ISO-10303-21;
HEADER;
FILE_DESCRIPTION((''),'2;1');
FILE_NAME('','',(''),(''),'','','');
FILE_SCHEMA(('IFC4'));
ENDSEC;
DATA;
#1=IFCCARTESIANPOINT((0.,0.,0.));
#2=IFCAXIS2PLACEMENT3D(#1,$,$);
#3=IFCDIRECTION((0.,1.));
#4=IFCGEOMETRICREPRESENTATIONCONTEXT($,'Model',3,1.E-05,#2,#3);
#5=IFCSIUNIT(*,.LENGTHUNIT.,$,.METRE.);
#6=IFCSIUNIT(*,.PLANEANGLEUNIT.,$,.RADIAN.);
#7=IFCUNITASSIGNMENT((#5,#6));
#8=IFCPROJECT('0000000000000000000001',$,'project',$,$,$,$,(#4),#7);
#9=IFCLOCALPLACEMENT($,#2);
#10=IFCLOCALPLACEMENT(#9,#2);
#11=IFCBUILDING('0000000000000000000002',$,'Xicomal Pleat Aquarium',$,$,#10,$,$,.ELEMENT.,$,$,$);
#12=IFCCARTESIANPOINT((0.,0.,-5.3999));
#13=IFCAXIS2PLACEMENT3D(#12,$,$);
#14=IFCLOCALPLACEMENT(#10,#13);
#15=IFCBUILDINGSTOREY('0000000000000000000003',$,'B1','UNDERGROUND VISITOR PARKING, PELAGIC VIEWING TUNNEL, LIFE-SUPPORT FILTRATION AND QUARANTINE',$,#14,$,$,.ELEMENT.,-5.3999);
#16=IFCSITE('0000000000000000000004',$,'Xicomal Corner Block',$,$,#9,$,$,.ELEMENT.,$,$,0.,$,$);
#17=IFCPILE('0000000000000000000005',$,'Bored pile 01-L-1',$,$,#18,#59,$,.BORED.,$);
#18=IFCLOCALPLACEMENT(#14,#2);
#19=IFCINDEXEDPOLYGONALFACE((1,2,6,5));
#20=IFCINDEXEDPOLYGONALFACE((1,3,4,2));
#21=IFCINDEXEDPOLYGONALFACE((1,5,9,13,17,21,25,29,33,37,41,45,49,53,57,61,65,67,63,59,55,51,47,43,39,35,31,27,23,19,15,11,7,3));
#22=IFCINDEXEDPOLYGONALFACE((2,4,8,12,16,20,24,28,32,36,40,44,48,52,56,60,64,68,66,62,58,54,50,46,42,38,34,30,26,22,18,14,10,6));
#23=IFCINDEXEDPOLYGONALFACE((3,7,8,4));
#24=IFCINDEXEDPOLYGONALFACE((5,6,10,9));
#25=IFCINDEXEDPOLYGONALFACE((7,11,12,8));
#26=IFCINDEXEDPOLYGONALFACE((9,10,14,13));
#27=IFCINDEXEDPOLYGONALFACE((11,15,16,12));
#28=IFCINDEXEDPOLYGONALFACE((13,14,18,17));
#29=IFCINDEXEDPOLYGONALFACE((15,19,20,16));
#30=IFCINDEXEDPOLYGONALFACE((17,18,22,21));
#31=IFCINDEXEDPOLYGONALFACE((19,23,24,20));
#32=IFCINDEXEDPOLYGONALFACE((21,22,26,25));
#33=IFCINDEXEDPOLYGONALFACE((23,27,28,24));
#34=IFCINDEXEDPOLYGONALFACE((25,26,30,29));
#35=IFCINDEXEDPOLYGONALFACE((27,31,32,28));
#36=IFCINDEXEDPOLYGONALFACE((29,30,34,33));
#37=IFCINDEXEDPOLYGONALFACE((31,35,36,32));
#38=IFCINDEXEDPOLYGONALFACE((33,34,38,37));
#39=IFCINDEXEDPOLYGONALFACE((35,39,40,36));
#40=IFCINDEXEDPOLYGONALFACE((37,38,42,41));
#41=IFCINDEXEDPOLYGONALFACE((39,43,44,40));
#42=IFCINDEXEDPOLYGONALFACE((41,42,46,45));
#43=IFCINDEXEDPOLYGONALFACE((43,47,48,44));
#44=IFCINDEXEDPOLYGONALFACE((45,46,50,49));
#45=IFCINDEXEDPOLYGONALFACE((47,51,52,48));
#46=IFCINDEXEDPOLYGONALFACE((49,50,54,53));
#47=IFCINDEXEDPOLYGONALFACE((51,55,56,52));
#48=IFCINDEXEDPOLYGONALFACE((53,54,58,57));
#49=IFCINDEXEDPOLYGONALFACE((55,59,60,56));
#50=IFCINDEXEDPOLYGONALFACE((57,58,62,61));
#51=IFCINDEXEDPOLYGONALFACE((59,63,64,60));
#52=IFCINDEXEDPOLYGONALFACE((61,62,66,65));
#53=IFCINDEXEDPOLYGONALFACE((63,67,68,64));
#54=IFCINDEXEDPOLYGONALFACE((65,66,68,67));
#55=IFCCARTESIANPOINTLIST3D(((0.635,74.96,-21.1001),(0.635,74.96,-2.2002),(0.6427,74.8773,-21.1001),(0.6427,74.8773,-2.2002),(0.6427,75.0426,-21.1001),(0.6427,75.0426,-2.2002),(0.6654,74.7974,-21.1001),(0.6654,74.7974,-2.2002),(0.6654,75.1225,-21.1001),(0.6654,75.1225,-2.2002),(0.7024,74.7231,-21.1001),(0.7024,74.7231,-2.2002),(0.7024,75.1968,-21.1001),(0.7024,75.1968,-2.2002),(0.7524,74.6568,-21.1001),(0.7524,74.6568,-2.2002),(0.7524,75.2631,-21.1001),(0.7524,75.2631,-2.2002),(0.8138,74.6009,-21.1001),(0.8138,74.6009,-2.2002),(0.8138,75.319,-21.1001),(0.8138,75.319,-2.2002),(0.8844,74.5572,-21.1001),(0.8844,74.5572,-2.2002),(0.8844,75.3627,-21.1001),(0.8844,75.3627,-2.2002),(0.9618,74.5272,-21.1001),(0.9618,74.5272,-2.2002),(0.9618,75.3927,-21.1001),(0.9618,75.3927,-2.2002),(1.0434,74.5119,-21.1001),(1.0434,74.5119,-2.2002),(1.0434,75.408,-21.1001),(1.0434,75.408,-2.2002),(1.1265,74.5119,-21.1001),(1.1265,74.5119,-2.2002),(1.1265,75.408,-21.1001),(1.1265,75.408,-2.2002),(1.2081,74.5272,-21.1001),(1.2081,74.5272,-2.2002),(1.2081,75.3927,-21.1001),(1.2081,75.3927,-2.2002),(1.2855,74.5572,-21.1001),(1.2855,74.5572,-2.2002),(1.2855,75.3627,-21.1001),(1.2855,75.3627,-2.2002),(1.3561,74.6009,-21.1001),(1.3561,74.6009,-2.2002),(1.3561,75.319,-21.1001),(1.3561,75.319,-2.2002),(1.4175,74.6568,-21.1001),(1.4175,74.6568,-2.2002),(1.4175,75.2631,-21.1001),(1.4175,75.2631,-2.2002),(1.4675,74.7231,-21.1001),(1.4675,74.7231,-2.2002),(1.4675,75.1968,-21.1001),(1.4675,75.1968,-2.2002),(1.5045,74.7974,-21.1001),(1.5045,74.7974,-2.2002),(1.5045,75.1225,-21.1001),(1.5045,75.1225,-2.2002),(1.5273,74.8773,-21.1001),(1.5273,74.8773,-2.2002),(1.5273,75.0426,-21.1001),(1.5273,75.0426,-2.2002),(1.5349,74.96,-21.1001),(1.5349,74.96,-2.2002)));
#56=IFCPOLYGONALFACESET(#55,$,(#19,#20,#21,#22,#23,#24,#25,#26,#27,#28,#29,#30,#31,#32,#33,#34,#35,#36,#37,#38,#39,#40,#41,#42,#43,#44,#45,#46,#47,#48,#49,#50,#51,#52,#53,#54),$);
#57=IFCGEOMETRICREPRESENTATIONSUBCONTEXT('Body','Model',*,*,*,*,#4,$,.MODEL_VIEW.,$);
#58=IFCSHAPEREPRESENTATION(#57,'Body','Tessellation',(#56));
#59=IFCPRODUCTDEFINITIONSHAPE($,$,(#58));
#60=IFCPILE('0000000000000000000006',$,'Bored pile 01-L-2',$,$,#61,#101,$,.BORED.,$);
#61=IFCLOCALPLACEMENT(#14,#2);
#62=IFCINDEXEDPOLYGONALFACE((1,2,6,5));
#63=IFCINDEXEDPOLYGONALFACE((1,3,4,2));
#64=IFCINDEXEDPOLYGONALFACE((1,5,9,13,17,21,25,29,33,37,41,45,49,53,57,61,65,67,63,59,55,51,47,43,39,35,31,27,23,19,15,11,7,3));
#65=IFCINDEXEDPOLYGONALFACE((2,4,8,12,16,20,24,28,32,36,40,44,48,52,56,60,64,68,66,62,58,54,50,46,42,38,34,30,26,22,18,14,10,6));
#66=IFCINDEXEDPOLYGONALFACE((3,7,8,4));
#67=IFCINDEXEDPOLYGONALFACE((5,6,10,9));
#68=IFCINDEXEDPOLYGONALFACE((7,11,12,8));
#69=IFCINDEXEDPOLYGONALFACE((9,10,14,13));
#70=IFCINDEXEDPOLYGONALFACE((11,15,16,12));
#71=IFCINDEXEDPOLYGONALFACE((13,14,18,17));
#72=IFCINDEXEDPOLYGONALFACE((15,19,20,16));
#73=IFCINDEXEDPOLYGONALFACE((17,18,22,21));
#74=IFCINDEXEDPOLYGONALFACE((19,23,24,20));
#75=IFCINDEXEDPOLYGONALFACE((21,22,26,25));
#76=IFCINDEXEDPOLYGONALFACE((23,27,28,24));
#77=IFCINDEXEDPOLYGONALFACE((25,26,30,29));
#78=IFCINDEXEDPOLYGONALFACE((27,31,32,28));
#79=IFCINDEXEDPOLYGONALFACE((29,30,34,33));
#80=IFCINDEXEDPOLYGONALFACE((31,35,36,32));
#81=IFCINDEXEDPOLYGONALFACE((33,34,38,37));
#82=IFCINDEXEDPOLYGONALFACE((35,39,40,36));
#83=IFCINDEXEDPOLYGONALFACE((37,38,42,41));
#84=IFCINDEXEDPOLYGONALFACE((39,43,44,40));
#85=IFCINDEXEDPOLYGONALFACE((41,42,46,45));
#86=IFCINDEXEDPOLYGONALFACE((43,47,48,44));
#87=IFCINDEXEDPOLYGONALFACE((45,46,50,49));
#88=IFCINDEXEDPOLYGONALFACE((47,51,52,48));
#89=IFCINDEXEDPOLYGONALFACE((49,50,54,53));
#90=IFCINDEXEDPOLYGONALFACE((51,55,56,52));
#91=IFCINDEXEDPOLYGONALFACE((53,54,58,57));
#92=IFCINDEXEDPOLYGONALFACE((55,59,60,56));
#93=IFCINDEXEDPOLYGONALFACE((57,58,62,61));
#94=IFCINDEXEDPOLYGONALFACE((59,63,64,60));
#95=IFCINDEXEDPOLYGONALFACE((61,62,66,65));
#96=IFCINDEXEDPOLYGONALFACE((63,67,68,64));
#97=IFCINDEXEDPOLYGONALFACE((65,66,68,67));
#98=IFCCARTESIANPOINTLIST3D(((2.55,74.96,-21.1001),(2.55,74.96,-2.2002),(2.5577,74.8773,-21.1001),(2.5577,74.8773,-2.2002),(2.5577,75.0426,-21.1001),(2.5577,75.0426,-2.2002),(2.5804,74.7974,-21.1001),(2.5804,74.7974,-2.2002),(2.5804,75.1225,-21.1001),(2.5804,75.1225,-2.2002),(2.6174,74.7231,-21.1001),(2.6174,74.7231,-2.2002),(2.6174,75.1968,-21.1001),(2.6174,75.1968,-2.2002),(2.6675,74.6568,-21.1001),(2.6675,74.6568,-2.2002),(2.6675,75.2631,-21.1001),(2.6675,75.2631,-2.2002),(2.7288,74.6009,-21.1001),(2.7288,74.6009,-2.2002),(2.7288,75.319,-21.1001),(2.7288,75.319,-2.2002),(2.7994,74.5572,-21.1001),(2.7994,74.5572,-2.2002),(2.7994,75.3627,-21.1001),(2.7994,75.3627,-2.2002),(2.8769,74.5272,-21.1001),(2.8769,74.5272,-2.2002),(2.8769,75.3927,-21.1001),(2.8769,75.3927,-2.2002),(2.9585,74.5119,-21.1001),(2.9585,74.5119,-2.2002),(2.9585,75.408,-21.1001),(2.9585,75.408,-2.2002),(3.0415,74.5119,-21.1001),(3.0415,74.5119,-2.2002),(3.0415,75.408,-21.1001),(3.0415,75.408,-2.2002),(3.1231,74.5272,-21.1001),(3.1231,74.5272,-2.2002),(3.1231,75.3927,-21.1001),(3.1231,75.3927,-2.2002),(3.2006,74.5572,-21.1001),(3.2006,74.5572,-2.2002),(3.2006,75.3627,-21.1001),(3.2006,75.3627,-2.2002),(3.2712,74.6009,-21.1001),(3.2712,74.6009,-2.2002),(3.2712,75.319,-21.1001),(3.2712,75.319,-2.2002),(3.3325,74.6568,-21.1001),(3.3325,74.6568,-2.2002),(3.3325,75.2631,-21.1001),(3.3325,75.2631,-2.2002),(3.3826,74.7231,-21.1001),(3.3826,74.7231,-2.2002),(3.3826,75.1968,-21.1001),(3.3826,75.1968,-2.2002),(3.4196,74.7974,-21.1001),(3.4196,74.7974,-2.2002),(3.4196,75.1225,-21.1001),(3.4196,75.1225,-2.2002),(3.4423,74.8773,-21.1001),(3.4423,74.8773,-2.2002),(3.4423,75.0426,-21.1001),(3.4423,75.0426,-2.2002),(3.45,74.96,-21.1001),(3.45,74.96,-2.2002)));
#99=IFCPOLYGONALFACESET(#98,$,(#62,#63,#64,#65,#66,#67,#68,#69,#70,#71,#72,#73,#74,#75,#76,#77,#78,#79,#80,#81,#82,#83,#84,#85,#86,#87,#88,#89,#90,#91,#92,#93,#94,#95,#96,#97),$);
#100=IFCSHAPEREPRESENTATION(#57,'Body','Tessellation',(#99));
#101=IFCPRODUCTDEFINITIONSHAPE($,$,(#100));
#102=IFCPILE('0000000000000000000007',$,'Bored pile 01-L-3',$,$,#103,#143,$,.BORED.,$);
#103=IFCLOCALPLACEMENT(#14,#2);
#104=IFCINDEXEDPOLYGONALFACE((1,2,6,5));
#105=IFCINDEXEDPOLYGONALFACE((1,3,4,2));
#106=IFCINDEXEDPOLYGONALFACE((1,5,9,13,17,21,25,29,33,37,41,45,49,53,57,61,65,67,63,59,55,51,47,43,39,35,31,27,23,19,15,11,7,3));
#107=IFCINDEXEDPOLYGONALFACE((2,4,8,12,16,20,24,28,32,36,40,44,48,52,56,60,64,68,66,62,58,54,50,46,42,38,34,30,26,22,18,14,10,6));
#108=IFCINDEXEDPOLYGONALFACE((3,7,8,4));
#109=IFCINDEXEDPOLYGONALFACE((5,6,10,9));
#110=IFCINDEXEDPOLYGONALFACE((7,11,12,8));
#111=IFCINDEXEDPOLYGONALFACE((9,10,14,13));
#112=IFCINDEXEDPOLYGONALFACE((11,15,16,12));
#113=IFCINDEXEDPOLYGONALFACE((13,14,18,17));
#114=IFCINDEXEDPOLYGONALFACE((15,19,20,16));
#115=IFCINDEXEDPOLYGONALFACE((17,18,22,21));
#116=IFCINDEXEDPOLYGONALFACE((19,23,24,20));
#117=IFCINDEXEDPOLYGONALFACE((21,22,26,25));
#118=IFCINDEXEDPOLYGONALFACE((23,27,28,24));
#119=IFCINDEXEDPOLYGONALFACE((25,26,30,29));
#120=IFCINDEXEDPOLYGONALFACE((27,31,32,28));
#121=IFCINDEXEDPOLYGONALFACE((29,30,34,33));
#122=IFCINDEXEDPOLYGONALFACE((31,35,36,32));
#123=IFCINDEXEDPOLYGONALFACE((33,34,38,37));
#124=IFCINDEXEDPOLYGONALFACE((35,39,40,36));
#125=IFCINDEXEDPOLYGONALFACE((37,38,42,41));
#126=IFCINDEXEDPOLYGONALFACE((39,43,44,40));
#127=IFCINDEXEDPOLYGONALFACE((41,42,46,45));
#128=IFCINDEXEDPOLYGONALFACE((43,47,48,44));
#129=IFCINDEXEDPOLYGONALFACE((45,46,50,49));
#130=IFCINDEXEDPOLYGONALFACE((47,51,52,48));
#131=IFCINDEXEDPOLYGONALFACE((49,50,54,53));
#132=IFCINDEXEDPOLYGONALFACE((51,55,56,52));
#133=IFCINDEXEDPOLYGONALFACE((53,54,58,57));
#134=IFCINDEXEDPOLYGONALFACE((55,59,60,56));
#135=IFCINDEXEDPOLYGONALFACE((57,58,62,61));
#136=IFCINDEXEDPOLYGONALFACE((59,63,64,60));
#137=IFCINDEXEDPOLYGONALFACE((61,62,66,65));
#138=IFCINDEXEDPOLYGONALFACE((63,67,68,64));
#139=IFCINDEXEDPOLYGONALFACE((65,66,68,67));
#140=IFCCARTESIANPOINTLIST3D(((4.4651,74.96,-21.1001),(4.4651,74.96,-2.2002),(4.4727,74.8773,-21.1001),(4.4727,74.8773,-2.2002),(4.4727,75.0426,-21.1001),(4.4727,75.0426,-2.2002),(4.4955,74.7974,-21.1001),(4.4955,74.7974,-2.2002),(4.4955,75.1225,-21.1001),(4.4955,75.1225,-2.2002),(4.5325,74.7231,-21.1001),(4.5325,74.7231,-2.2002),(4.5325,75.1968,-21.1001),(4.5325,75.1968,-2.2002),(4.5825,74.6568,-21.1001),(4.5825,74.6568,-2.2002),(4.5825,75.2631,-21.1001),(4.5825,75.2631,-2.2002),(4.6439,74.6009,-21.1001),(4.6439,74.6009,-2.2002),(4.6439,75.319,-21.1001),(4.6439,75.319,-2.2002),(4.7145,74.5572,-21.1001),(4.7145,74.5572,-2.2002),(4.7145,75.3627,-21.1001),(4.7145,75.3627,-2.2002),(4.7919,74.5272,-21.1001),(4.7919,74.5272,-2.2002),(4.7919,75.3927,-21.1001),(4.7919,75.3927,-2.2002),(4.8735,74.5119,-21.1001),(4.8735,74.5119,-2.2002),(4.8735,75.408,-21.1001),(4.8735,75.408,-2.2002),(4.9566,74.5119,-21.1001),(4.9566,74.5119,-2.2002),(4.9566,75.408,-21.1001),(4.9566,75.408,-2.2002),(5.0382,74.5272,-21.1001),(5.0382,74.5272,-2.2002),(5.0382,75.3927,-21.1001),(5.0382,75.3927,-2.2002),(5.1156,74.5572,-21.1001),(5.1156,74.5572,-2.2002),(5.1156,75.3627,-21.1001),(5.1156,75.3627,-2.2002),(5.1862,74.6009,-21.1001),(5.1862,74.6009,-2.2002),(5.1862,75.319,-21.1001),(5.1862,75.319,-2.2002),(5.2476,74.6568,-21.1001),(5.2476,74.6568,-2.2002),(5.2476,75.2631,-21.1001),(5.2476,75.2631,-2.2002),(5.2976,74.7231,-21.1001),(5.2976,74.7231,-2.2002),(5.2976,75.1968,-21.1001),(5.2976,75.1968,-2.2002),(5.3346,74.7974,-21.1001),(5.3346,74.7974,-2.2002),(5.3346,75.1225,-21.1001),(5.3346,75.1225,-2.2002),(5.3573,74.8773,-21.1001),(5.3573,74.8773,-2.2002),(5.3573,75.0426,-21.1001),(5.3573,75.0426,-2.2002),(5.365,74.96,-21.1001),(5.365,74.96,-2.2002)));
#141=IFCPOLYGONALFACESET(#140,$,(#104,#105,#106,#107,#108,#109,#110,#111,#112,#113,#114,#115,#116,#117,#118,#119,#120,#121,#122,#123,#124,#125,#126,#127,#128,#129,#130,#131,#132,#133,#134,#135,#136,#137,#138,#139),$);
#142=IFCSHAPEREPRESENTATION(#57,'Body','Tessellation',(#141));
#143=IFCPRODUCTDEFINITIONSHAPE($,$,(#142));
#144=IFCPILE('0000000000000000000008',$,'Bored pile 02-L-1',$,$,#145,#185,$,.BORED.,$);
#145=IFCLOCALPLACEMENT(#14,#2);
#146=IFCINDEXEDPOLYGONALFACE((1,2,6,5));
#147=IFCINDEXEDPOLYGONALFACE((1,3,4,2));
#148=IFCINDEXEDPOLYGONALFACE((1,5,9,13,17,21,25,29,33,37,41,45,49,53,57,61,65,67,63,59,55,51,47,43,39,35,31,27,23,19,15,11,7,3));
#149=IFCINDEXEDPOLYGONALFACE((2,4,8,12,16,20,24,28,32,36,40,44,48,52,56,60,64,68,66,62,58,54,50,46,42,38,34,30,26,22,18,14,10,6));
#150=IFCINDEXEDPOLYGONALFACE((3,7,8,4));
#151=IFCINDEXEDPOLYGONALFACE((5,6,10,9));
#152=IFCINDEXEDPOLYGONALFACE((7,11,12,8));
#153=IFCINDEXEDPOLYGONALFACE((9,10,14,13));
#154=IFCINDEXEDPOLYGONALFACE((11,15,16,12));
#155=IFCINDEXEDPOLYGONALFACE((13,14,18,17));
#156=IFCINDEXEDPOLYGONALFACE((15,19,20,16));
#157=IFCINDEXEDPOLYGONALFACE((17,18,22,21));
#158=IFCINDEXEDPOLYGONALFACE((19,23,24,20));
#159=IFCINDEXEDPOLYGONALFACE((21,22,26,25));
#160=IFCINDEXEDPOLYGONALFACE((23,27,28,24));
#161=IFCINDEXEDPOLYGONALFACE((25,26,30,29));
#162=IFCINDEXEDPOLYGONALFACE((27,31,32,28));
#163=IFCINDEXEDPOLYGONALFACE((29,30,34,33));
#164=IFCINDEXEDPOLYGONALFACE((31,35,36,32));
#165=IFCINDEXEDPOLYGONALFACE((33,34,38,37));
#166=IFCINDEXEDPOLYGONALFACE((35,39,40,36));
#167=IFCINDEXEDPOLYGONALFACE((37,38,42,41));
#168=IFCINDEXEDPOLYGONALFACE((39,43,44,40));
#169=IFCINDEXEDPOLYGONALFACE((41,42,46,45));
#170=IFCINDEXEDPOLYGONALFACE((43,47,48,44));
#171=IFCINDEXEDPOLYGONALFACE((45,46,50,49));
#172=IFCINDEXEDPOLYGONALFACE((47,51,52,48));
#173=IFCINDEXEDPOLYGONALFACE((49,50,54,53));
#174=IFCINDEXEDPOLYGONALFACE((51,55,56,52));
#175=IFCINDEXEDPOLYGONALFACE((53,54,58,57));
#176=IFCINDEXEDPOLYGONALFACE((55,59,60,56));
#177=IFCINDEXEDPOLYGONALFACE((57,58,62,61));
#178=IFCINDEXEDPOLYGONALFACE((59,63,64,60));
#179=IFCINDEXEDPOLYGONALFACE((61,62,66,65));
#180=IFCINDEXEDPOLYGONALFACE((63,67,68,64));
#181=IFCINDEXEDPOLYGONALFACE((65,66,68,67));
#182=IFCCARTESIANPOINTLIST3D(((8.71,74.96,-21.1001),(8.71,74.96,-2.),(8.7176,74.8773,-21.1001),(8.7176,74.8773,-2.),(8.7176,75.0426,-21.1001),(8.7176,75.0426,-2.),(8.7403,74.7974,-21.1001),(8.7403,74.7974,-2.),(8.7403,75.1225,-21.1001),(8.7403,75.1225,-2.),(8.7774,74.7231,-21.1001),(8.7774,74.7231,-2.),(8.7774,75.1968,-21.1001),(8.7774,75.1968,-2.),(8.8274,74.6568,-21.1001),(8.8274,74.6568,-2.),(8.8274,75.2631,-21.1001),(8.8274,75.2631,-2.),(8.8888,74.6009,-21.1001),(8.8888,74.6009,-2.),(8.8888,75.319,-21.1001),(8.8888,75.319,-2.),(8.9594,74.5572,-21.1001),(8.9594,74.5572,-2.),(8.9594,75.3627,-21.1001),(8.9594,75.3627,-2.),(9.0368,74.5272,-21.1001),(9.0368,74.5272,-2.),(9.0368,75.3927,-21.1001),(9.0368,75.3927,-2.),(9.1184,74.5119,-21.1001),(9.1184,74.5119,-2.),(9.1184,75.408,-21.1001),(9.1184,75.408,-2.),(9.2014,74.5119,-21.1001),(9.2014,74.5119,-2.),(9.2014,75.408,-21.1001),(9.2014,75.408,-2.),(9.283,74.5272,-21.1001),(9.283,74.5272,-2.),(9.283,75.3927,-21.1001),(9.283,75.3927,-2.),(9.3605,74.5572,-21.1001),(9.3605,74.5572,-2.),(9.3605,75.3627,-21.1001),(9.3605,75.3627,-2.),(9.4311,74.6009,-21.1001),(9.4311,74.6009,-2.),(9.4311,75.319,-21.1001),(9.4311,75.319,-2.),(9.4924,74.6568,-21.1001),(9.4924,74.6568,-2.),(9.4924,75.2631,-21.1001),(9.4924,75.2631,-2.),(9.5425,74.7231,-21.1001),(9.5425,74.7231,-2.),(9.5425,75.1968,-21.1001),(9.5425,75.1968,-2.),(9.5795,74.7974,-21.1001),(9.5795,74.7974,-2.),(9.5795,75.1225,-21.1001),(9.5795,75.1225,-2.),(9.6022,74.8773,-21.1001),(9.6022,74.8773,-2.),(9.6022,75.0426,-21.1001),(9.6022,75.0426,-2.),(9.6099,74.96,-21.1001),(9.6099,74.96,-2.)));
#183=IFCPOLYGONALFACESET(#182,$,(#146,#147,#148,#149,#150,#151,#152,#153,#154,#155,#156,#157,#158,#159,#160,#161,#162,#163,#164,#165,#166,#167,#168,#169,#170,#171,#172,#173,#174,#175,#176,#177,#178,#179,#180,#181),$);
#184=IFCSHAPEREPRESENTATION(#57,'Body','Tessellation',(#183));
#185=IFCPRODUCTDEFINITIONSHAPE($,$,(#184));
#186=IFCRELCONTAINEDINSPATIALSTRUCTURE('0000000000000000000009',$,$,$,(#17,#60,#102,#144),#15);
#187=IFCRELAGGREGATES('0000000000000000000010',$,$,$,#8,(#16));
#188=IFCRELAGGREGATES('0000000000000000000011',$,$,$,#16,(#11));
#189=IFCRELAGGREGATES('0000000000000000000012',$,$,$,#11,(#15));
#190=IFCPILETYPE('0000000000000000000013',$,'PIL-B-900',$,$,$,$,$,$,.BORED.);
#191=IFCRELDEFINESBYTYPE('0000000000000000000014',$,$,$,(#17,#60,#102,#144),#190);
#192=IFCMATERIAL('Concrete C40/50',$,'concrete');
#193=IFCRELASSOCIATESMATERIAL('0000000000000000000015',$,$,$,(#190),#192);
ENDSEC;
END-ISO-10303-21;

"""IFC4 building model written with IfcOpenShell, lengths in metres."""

from ifc_helpers import new_model, si_unit, direction, frame, origin, origin_2d, place, context, subcontext, project, spatial, circle, extrude, material, material_profile, profile_set, type_object, element, save


model = new_model("IFC4")

# Units and contexts
model_context = context("Model", 3, precision=1e-05, world=origin(), true_north=direction((0.0, 1.0)))
body_context = subcontext(model_context, "Body", "Model", "MODEL_VIEW")
ifc_project = project(units=[si_unit("LENGTHUNIT", "METRE"), si_unit("PLANEANGLEUNIT", "RADIAN")], contexts=[model_context])

# Site, building, storey
site_placement = place(None, origin())
site = spatial("IfcSite", under=ifc_project, at=site_placement, Name="Xicomal Corner Block", CompositionType="ELEMENT", RefElevation=0.0)
building_placement = place(site_placement, origin())
building = spatial("IfcBuilding", under=site, at=building_placement, Name="Xicomal Pleat Aquarium", CompositionType="ELEMENT")
storey_placement = place(building_placement, frame((0.0, 0.0, -5.3999)))
storey = spatial("IfcBuildingStorey", under=building, at=storey_placement, Name="B1", Description="UNDERGROUND VISITOR PARKING, PELAGIC VIEWING TUNNEL, LIFE-SUPPORT FILTRATION AND QUARANTINE", CompositionType="ELEMENT", Elevation=-5.3999)

# Piles
ifc_material_1 = material(Name="Concrete C40/50", Category="concrete")
ifc_material_profile_1 = material_profile(ifc_material_1, circle(Radius=0.45, at=origin_2d()), Name="BORED PILE D900")
ifc_profile_set_1 = profile_set([ifc_material_profile_1], Name="Concrete C40/50")
pile_type_1 = type_object("IfcPileType", Name="PIL-B-900", PredefinedType="BORED", material=ifc_profile_set_1)
for number, where, z_axis, x_axis, name in (
    (1, (1.085, 74.96, -2.2002), (0.0, 0.0, -1.0), (1.0, 0.0, 0.0), "Bored pile 01-L-1"),
    (2, (3.0, 74.96, -2.2002), (0.0, 0.0, -1.0), (1.0, 0.0, 0.0), "Bored pile 01-L-2"),
    (3, (4.915, 74.96, -2.2002), (0.0, 0.0, -1.0), (1.0, 0.0, 0.0), "Bored pile 01-L-3"),
):
    element("IfcPile", number, at=place(storey_placement, frame(where, z_axis=z_axis, x_axis=x_axis)), inside=storey, type_object=pile_type_1, Name=name, PredefinedType="BORED", context=body_context, shape_type="SweptSolid", body=[
        extrude(circle(Radius=0.45, at=origin_2d()), origin(), (0.0, 0.0, 1.0), 18.8999),
    ])
pile_1_placement = place(storey_placement, frame((9.1599, 74.96, -2.0), z_axis=(0.0, 0.0, -1.0), x_axis=(1.0, 0.0, 0.0)))
element("IfcPile", 4, at=pile_1_placement, inside=storey, type_object=pile_type_1, Name="Bored pile 02-L-1", PredefinedType="BORED", context=body_context, shape_type="SweptSolid", body=[
    extrude(circle(Radius=0.45, at=origin_2d()), origin(), (0.0, 0.0, 1.0), 19.1001),
])

save(model, "model.ifc")
